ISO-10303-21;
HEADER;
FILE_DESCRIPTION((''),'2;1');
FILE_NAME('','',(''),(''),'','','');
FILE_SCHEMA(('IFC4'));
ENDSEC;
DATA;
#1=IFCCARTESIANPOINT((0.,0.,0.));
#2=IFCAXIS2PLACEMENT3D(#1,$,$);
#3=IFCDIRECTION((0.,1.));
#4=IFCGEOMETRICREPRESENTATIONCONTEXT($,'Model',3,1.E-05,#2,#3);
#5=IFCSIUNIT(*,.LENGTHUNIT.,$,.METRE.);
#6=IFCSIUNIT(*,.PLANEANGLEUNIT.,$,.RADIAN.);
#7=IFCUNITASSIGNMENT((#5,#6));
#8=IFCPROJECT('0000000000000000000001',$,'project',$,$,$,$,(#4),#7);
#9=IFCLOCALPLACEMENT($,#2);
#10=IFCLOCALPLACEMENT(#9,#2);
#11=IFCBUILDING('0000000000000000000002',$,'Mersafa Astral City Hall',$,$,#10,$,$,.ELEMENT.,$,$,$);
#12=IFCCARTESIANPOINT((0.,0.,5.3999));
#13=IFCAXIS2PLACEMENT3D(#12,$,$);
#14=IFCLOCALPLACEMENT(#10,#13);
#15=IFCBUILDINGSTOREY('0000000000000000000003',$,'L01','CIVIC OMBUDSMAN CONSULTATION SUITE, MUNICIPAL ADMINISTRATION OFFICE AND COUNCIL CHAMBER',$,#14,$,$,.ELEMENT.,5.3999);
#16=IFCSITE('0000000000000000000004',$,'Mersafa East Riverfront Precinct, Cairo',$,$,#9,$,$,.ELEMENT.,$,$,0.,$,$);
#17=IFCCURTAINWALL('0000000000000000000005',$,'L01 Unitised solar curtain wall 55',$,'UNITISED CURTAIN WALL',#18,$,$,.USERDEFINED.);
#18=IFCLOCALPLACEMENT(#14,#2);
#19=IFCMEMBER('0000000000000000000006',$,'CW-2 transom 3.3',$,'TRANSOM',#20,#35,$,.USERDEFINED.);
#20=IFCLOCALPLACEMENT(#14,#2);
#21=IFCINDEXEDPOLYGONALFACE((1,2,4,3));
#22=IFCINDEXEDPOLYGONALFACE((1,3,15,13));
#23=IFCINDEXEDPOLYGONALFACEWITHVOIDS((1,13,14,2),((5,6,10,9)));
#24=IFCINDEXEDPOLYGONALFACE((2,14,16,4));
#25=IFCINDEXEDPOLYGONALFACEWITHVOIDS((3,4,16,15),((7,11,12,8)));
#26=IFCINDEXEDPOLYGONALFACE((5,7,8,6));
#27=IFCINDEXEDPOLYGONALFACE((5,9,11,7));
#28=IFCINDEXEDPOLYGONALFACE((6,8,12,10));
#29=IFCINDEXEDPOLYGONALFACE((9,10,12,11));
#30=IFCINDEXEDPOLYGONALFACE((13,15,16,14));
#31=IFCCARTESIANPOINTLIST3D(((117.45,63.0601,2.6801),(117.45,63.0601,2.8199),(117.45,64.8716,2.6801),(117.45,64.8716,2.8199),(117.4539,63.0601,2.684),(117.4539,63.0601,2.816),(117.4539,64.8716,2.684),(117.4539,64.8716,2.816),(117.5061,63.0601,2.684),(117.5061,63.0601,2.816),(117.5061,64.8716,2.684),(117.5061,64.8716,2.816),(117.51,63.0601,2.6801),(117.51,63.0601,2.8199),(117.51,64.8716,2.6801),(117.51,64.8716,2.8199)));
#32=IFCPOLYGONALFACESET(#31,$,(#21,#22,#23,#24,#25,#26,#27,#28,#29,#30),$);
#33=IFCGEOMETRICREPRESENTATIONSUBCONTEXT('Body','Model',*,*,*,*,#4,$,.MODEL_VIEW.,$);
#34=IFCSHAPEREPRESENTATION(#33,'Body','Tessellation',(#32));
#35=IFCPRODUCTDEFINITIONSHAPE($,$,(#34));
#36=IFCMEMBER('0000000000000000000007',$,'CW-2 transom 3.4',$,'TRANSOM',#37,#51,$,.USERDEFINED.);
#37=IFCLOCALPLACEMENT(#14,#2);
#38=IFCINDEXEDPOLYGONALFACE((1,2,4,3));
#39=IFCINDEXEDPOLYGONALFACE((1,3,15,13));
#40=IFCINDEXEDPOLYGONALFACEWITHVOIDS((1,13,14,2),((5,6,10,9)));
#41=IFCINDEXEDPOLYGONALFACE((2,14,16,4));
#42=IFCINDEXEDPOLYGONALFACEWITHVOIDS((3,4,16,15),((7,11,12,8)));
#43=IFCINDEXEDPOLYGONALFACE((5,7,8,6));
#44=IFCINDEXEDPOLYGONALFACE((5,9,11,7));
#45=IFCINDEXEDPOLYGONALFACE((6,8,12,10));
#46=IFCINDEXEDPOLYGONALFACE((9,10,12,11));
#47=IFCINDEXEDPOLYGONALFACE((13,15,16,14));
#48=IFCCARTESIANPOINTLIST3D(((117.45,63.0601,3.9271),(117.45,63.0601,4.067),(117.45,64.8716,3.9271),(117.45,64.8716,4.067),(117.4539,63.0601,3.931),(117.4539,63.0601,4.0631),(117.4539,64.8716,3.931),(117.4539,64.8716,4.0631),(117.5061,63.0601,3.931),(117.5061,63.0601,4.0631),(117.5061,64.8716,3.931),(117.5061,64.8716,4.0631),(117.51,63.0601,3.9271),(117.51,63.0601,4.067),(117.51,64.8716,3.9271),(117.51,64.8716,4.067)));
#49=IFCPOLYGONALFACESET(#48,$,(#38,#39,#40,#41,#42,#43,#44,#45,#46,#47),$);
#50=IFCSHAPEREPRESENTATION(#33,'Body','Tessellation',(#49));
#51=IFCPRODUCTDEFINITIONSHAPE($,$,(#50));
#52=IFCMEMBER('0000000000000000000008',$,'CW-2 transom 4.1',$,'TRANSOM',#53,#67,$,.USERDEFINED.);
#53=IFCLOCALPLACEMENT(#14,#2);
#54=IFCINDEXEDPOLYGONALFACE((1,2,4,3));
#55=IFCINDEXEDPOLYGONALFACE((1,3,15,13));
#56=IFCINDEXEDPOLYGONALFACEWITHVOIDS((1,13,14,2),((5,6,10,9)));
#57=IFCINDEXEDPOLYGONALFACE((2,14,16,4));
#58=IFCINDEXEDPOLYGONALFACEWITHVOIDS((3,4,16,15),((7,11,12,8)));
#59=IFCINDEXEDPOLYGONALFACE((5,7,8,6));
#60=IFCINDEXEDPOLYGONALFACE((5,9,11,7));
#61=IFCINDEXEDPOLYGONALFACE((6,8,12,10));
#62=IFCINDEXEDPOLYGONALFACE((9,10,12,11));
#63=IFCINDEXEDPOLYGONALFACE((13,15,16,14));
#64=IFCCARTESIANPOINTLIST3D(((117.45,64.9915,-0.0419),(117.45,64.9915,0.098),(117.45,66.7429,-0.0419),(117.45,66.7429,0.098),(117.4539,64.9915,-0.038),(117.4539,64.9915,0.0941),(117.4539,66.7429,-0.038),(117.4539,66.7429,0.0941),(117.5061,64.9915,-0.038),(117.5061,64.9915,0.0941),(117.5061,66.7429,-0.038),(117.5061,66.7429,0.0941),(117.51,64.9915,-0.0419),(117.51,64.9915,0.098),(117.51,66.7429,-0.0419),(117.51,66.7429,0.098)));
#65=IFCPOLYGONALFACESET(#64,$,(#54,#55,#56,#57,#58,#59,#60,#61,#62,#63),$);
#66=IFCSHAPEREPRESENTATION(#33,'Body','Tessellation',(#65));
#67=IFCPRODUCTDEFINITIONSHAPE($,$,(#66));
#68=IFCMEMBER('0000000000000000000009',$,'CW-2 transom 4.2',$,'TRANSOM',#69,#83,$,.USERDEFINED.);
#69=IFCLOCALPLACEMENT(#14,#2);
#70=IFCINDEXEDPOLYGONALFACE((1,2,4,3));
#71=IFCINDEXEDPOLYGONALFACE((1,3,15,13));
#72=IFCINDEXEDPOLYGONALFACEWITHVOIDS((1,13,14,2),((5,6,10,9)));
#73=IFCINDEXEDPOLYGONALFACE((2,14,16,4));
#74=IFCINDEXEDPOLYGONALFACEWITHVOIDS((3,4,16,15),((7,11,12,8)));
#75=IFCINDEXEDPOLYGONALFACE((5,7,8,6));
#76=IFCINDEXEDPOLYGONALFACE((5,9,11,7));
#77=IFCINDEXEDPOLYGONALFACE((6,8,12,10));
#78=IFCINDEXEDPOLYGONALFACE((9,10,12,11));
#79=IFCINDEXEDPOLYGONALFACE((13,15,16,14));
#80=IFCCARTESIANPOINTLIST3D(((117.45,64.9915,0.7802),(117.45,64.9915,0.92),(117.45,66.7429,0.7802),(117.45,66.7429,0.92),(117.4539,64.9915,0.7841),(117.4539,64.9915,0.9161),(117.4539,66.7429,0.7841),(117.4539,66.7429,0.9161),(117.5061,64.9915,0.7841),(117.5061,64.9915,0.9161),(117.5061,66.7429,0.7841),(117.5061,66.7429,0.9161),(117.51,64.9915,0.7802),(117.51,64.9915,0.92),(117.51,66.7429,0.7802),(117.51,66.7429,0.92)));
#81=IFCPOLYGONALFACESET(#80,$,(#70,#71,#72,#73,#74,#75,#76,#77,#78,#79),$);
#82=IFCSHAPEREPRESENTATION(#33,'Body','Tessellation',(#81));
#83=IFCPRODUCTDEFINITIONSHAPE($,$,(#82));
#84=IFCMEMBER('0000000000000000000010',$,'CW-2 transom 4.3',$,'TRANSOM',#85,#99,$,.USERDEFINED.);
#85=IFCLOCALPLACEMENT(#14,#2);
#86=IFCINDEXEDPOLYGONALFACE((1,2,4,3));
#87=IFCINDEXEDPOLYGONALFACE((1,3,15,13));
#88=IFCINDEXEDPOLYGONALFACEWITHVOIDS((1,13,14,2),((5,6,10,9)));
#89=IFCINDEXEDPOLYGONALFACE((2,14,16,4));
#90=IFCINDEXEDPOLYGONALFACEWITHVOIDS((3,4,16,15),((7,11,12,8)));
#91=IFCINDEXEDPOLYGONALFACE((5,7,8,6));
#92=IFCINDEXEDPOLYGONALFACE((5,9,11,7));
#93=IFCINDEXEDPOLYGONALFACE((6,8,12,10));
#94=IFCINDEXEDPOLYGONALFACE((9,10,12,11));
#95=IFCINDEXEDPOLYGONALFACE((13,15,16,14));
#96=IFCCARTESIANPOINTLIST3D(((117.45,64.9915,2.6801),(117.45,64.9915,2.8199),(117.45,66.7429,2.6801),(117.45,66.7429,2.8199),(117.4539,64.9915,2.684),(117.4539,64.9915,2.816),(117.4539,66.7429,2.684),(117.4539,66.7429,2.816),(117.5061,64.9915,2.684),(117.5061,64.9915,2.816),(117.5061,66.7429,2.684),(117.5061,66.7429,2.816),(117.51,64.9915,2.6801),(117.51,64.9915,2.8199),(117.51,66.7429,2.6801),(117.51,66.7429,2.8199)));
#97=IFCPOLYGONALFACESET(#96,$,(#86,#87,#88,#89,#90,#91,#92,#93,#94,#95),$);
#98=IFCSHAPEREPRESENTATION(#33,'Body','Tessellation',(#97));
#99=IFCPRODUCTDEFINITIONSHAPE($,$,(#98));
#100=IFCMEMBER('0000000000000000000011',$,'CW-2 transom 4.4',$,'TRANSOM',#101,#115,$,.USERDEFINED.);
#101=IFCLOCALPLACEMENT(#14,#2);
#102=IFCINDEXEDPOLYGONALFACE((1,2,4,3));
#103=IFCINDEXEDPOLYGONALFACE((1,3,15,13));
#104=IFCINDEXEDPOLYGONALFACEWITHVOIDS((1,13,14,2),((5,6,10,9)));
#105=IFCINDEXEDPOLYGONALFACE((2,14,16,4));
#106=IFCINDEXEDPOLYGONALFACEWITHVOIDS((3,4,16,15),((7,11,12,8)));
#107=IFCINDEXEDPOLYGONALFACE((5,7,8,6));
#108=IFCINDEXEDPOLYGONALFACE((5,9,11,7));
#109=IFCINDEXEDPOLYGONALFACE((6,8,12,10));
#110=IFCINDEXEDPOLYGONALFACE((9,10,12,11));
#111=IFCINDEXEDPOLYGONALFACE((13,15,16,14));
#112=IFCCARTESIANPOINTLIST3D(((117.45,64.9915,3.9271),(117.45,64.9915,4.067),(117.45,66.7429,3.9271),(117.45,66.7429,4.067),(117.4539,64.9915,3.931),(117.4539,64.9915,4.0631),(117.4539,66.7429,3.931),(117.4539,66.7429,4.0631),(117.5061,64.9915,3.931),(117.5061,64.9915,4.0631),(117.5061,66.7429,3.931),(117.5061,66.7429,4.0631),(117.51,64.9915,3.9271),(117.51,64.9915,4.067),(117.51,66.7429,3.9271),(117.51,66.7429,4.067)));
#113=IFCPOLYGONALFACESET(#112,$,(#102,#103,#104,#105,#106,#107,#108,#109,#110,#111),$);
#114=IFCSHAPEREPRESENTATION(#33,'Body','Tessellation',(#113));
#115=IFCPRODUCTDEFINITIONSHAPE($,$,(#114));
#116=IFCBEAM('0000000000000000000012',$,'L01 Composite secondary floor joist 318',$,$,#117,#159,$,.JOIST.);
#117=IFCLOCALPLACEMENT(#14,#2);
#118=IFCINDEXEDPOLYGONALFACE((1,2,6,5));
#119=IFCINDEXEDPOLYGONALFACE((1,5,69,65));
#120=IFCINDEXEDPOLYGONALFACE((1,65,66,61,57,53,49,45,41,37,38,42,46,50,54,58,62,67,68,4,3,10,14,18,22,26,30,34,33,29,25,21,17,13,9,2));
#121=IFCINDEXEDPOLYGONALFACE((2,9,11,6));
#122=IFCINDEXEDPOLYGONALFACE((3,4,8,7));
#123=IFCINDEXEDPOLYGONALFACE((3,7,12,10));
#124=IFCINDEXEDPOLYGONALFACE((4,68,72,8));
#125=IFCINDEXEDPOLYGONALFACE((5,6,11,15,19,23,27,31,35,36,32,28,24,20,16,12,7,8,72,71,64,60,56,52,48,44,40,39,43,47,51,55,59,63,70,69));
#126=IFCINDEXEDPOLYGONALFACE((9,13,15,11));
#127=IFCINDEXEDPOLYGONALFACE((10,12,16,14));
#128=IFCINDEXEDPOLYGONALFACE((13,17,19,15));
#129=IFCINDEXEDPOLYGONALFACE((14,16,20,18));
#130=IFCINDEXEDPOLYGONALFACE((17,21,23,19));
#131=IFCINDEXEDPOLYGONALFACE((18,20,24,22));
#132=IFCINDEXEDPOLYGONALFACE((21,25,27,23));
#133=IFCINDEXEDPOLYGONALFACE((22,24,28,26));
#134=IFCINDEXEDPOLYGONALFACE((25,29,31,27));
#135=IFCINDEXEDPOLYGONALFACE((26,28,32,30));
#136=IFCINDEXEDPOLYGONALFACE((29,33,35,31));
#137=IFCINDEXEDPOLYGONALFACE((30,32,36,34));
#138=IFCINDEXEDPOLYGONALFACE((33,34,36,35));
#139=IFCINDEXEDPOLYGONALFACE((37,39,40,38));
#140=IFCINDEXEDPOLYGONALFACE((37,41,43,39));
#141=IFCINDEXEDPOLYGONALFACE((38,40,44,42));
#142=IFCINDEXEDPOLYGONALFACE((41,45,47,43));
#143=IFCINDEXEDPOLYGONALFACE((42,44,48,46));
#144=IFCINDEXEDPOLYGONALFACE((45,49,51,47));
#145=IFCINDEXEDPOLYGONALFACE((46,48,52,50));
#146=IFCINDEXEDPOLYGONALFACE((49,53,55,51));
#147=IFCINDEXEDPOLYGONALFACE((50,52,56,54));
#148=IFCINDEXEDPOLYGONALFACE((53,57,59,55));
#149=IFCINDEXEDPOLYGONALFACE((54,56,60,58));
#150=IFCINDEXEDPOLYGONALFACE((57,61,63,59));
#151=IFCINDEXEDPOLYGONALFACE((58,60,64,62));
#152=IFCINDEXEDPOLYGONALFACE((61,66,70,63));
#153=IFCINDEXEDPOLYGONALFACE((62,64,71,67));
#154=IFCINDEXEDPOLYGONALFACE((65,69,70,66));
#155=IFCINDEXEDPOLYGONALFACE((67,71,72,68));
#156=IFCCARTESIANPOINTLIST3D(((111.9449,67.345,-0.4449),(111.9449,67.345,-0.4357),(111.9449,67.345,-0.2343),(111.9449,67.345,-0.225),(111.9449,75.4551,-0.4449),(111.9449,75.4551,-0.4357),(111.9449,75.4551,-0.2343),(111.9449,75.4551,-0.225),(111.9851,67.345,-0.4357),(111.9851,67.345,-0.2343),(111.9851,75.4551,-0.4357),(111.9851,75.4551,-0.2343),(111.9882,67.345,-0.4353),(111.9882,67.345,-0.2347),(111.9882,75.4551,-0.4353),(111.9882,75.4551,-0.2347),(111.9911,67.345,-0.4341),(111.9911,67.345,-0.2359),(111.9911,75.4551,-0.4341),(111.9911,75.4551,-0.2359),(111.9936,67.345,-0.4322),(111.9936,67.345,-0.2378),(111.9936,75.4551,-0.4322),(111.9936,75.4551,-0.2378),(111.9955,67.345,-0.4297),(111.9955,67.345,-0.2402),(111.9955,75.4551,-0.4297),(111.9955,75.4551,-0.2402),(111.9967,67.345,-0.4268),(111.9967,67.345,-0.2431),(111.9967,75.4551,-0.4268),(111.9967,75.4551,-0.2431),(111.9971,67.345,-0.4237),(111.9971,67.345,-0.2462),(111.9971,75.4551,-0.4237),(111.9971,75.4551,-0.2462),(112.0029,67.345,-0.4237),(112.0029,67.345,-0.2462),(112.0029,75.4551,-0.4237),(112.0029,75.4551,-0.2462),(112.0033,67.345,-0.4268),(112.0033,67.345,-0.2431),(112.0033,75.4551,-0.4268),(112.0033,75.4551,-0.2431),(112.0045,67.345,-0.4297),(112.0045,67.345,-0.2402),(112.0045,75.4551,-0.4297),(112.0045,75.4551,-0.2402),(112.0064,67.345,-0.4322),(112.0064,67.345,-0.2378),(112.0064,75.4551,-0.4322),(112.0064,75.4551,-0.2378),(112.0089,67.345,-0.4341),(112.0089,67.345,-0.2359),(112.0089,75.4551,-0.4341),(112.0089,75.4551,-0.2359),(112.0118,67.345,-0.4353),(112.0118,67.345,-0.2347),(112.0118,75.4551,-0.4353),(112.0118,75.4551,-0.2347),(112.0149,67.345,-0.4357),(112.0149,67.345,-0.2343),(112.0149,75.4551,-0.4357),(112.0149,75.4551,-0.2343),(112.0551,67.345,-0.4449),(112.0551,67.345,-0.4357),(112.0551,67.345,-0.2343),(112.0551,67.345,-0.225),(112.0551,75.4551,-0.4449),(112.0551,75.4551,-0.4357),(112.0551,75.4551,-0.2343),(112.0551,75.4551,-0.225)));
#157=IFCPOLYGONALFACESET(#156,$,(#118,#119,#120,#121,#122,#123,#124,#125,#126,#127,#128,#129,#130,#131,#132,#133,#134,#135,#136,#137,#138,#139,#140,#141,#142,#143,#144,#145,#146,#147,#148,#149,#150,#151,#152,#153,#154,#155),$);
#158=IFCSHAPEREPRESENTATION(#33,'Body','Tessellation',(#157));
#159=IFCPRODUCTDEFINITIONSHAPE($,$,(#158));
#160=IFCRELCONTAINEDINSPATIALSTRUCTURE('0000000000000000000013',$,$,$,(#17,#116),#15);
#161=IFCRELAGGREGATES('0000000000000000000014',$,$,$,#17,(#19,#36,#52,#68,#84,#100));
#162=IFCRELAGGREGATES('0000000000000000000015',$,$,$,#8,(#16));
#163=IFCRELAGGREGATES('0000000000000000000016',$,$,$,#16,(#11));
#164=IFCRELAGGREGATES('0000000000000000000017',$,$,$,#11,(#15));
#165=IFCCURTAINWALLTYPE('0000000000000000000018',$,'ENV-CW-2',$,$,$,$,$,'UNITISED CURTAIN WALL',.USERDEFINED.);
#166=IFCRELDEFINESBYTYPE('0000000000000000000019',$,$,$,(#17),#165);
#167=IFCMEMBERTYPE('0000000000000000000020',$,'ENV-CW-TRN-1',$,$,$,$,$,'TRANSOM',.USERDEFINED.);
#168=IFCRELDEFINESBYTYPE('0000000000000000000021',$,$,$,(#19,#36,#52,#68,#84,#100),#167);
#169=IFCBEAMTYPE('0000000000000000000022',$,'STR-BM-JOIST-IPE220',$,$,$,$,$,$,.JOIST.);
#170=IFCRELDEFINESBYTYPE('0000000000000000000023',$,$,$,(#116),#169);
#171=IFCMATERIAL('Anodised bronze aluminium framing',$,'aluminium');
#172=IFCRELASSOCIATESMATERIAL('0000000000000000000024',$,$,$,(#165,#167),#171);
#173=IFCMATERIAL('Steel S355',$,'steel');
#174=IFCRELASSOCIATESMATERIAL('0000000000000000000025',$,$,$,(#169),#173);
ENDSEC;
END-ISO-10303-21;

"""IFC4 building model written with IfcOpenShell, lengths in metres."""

from ifc_helpers import new_model, si_unit, direction, frame, origin, origin_2d, place, context, subcontext, project, spatial, hollow_rectangle, i_section, extrude, material, material_profile, profile_set, type_object, element, aggregate, save


model = new_model("IFC4")

# Units and contexts
model_context = context("Model", 3, precision=1e-05, world=origin(), true_north=direction((0.0, 1.0)))
body_context = subcontext(model_context, "Body", "Model", "MODEL_VIEW")
ifc_project = project(units=[si_unit("LENGTHUNIT", "METRE"), si_unit("PLANEANGLEUNIT", "RADIAN")], contexts=[model_context])

# Site, building, storey
site_placement = place(None, origin())
site = spatial("IfcSite", under=ifc_project, at=site_placement, Name="Mersafa East Riverfront Precinct, Cairo", CompositionType="ELEMENT", RefElevation=0.0)
building_placement = place(site_placement, origin())
building = spatial("IfcBuilding", under=site, at=building_placement, Name="Mersafa Astral City Hall", CompositionType="ELEMENT")
storey_placement = place(building_placement, frame((0.0, 0.0, 5.3999)))
storey = spatial("IfcBuildingStorey", under=building, at=storey_placement, Name="L01", Description="CIVIC OMBUDSMAN CONSULTATION SUITE, MUNICIPAL ADMINISTRATION OFFICE AND COUNCIL CHAMBER", CompositionType="ELEMENT", Elevation=5.3999)

# Shared definitions
ifc_material_1 = material(Name="Steel S355", Category="steel")

# Curtain wall, members
ifc_material_2 = material(Name="Anodised bronze aluminium framing", Category="aluminium")
curtain_wall_type = type_object("IfcCurtainWallType", Name="ENV-CW-2", ElementType="UNITISED CURTAIN WALL", PredefinedType="USERDEFINED", material=ifc_material_2)
curtain_wall_placement = place(storey_placement, origin())
curtain_wall = element("IfcCurtainWall", 1, at=curtain_wall_placement, inside=storey, type_object=curtain_wall_type, Name="L01 Unitised solar curtain wall 55", ObjectType="UNITISED CURTAIN WALL", PredefinedType="USERDEFINED")
ifc_material_profile_1 = material_profile(ifc_material_2, hollow_rectangle(XDim=0.0601, YDim=0.1399, WallThickness=0.0039, at=origin_2d()), Name="RHS 60x140x4")
ifc_profile_set_1 = profile_set([ifc_material_profile_1], Name="Anodised bronze aluminium framing")
member_type_1 = type_object("IfcMemberType", Name="ENV-CW-TRN-1", ElementType="TRANSOM", PredefinedType="USERDEFINED", material=ifc_profile_set_1)
member_1_placement = place(storey_placement, frame((117.48, 63.0601, 2.75), z_axis=(0.0, 1.0, 0.0), x_axis=(-1.0, 0.0, 0.0)))
member_1 = element("IfcMember", 2, at=member_1_placement, type_object=member_type_1, Name="CW-2 transom 3.3", ObjectType="TRANSOM", PredefinedType="USERDEFINED", context=body_context, shape_type="SweptSolid", body=[
    extrude(hollow_rectangle(XDim=0.0601, YDim=0.1399, WallThickness=0.0039, at=origin_2d()), origin(), (0.0, 0.0, 1.0), 1.8115),
])
member_2_placement = place(storey_placement, frame((117.48, 63.0601, 3.9971), z_axis=(0.0, 1.0, 0.0), x_axis=(-1.0, 0.0, 0.0)))
member_2 = element("IfcMember", 3, at=member_2_placement, type_object=member_type_1, Name="CW-2 transom 3.4", ObjectType="TRANSOM", PredefinedType="USERDEFINED", context=body_context, shape_type="SweptSolid", body=[
    extrude(hollow_rectangle(XDim=0.0601, YDim=0.1399, WallThickness=0.0039, at=origin_2d()), origin(), (0.0, 0.0, 1.0), 1.8115),
])
member_3_placement = place(storey_placement, frame((117.48, 64.9915, 0.0281), z_axis=(0.0, 1.0, 0.0), x_axis=(-1.0, 0.0, 0.0)))
member_3 = element("IfcMember", 4, at=member_3_placement, type_object=member_type_1, Name="CW-2 transom 4.1", ObjectType="TRANSOM", PredefinedType="USERDEFINED", context=body_context, shape_type="SweptSolid", body=[
    extrude(hollow_rectangle(XDim=0.0601, YDim=0.1399, WallThickness=0.0039, at=origin_2d()), origin(), (0.0, 0.0, 1.0), 1.7515),
])
member_4_placement = place(storey_placement, frame((117.48, 64.9915, 0.8501), z_axis=(0.0, 1.0, 0.0), x_axis=(-1.0, 0.0, 0.0)))
member_4 = element("IfcMember", 5, at=member_4_placement, type_object=member_type_1, Name="CW-2 transom 4.2", ObjectType="TRANSOM", PredefinedType="USERDEFINED", context=body_context, shape_type="SweptSolid", body=[
    extrude(hollow_rectangle(XDim=0.0601, YDim=0.1399, WallThickness=0.0039, at=origin_2d()), origin(), (0.0, 0.0, 1.0), 1.7515),
])
member_5_placement = place(storey_placement, frame((117.48, 64.9915, 2.75), z_axis=(0.0, 1.0, 0.0), x_axis=(-1.0, 0.0, 0.0)))
member_5 = element("IfcMember", 6, at=member_5_placement, type_object=member_type_1, Name="CW-2 transom 4.3", ObjectType="TRANSOM", PredefinedType="USERDEFINED", context=body_context, shape_type="SweptSolid", body=[
    extrude(hollow_rectangle(XDim=0.0601, YDim=0.1399, WallThickness=0.0039, at=origin_2d()), origin(), (0.0, 0.0, 1.0), 1.7515),
])
member_6_placement = place(storey_placement, frame((117.48, 64.9915, 3.9971), z_axis=(0.0, 1.0, 0.0), x_axis=(-1.0, 0.0, 0.0)))
member_6 = element("IfcMember", 7, at=member_6_placement, type_object=member_type_1, Name="CW-2 transom 4.4", ObjectType="TRANSOM", PredefinedType="USERDEFINED", context=body_context, shape_type="SweptSolid", body=[
    extrude(hollow_rectangle(XDim=0.0601, YDim=0.1399, WallThickness=0.0039, at=origin_2d()), origin(), (0.0, 0.0, 1.0), 1.7515),
])

# Beam
ifc_material_profile_2 = material_profile(ifc_material_1, i_section(OverallWidth=0.1101, OverallDepth=0.22, WebThickness=0.0059, FlangeThickness=0.0093, FilletRadius=0.012, at=origin_2d()), Name="IPE 220")
ifc_profile_set_2 = profile_set([ifc_material_profile_2], Name="Steel S355")
beam_type_1 = type_object("IfcBeamType", Name="STR-BM-JOIST-IPE220", PredefinedType="JOIST", material=ifc_profile_set_2)
for number, where, z_axis, x_axis, name in (
    (8, (112.0, 67.345, -0.335), (0.0, 1.0, 0.0), (-1.0, 0.0, 0.0), "L01 Composite secondary floor joist 318"),
):
    element("IfcBeam", number, at=place(storey_placement, frame(where, z_axis=z_axis, x_axis=x_axis)), inside=storey, type_object=beam_type_1, Name=name, PredefinedType="JOIST", context=body_context, shape_type="SweptSolid", body=[
        extrude(i_section(OverallWidth=0.1101, OverallDepth=0.22, WebThickness=0.0059, FlangeThickness=0.0093, FilletRadius=0.012, at=origin_2d()), origin(), (0.0, 0.0, 1.0), 8.1101),
    ])

aggregate(curtain_wall, [member_1, member_2, member_3, member_4, member_5, member_6])

save(model, "model.ifc")
